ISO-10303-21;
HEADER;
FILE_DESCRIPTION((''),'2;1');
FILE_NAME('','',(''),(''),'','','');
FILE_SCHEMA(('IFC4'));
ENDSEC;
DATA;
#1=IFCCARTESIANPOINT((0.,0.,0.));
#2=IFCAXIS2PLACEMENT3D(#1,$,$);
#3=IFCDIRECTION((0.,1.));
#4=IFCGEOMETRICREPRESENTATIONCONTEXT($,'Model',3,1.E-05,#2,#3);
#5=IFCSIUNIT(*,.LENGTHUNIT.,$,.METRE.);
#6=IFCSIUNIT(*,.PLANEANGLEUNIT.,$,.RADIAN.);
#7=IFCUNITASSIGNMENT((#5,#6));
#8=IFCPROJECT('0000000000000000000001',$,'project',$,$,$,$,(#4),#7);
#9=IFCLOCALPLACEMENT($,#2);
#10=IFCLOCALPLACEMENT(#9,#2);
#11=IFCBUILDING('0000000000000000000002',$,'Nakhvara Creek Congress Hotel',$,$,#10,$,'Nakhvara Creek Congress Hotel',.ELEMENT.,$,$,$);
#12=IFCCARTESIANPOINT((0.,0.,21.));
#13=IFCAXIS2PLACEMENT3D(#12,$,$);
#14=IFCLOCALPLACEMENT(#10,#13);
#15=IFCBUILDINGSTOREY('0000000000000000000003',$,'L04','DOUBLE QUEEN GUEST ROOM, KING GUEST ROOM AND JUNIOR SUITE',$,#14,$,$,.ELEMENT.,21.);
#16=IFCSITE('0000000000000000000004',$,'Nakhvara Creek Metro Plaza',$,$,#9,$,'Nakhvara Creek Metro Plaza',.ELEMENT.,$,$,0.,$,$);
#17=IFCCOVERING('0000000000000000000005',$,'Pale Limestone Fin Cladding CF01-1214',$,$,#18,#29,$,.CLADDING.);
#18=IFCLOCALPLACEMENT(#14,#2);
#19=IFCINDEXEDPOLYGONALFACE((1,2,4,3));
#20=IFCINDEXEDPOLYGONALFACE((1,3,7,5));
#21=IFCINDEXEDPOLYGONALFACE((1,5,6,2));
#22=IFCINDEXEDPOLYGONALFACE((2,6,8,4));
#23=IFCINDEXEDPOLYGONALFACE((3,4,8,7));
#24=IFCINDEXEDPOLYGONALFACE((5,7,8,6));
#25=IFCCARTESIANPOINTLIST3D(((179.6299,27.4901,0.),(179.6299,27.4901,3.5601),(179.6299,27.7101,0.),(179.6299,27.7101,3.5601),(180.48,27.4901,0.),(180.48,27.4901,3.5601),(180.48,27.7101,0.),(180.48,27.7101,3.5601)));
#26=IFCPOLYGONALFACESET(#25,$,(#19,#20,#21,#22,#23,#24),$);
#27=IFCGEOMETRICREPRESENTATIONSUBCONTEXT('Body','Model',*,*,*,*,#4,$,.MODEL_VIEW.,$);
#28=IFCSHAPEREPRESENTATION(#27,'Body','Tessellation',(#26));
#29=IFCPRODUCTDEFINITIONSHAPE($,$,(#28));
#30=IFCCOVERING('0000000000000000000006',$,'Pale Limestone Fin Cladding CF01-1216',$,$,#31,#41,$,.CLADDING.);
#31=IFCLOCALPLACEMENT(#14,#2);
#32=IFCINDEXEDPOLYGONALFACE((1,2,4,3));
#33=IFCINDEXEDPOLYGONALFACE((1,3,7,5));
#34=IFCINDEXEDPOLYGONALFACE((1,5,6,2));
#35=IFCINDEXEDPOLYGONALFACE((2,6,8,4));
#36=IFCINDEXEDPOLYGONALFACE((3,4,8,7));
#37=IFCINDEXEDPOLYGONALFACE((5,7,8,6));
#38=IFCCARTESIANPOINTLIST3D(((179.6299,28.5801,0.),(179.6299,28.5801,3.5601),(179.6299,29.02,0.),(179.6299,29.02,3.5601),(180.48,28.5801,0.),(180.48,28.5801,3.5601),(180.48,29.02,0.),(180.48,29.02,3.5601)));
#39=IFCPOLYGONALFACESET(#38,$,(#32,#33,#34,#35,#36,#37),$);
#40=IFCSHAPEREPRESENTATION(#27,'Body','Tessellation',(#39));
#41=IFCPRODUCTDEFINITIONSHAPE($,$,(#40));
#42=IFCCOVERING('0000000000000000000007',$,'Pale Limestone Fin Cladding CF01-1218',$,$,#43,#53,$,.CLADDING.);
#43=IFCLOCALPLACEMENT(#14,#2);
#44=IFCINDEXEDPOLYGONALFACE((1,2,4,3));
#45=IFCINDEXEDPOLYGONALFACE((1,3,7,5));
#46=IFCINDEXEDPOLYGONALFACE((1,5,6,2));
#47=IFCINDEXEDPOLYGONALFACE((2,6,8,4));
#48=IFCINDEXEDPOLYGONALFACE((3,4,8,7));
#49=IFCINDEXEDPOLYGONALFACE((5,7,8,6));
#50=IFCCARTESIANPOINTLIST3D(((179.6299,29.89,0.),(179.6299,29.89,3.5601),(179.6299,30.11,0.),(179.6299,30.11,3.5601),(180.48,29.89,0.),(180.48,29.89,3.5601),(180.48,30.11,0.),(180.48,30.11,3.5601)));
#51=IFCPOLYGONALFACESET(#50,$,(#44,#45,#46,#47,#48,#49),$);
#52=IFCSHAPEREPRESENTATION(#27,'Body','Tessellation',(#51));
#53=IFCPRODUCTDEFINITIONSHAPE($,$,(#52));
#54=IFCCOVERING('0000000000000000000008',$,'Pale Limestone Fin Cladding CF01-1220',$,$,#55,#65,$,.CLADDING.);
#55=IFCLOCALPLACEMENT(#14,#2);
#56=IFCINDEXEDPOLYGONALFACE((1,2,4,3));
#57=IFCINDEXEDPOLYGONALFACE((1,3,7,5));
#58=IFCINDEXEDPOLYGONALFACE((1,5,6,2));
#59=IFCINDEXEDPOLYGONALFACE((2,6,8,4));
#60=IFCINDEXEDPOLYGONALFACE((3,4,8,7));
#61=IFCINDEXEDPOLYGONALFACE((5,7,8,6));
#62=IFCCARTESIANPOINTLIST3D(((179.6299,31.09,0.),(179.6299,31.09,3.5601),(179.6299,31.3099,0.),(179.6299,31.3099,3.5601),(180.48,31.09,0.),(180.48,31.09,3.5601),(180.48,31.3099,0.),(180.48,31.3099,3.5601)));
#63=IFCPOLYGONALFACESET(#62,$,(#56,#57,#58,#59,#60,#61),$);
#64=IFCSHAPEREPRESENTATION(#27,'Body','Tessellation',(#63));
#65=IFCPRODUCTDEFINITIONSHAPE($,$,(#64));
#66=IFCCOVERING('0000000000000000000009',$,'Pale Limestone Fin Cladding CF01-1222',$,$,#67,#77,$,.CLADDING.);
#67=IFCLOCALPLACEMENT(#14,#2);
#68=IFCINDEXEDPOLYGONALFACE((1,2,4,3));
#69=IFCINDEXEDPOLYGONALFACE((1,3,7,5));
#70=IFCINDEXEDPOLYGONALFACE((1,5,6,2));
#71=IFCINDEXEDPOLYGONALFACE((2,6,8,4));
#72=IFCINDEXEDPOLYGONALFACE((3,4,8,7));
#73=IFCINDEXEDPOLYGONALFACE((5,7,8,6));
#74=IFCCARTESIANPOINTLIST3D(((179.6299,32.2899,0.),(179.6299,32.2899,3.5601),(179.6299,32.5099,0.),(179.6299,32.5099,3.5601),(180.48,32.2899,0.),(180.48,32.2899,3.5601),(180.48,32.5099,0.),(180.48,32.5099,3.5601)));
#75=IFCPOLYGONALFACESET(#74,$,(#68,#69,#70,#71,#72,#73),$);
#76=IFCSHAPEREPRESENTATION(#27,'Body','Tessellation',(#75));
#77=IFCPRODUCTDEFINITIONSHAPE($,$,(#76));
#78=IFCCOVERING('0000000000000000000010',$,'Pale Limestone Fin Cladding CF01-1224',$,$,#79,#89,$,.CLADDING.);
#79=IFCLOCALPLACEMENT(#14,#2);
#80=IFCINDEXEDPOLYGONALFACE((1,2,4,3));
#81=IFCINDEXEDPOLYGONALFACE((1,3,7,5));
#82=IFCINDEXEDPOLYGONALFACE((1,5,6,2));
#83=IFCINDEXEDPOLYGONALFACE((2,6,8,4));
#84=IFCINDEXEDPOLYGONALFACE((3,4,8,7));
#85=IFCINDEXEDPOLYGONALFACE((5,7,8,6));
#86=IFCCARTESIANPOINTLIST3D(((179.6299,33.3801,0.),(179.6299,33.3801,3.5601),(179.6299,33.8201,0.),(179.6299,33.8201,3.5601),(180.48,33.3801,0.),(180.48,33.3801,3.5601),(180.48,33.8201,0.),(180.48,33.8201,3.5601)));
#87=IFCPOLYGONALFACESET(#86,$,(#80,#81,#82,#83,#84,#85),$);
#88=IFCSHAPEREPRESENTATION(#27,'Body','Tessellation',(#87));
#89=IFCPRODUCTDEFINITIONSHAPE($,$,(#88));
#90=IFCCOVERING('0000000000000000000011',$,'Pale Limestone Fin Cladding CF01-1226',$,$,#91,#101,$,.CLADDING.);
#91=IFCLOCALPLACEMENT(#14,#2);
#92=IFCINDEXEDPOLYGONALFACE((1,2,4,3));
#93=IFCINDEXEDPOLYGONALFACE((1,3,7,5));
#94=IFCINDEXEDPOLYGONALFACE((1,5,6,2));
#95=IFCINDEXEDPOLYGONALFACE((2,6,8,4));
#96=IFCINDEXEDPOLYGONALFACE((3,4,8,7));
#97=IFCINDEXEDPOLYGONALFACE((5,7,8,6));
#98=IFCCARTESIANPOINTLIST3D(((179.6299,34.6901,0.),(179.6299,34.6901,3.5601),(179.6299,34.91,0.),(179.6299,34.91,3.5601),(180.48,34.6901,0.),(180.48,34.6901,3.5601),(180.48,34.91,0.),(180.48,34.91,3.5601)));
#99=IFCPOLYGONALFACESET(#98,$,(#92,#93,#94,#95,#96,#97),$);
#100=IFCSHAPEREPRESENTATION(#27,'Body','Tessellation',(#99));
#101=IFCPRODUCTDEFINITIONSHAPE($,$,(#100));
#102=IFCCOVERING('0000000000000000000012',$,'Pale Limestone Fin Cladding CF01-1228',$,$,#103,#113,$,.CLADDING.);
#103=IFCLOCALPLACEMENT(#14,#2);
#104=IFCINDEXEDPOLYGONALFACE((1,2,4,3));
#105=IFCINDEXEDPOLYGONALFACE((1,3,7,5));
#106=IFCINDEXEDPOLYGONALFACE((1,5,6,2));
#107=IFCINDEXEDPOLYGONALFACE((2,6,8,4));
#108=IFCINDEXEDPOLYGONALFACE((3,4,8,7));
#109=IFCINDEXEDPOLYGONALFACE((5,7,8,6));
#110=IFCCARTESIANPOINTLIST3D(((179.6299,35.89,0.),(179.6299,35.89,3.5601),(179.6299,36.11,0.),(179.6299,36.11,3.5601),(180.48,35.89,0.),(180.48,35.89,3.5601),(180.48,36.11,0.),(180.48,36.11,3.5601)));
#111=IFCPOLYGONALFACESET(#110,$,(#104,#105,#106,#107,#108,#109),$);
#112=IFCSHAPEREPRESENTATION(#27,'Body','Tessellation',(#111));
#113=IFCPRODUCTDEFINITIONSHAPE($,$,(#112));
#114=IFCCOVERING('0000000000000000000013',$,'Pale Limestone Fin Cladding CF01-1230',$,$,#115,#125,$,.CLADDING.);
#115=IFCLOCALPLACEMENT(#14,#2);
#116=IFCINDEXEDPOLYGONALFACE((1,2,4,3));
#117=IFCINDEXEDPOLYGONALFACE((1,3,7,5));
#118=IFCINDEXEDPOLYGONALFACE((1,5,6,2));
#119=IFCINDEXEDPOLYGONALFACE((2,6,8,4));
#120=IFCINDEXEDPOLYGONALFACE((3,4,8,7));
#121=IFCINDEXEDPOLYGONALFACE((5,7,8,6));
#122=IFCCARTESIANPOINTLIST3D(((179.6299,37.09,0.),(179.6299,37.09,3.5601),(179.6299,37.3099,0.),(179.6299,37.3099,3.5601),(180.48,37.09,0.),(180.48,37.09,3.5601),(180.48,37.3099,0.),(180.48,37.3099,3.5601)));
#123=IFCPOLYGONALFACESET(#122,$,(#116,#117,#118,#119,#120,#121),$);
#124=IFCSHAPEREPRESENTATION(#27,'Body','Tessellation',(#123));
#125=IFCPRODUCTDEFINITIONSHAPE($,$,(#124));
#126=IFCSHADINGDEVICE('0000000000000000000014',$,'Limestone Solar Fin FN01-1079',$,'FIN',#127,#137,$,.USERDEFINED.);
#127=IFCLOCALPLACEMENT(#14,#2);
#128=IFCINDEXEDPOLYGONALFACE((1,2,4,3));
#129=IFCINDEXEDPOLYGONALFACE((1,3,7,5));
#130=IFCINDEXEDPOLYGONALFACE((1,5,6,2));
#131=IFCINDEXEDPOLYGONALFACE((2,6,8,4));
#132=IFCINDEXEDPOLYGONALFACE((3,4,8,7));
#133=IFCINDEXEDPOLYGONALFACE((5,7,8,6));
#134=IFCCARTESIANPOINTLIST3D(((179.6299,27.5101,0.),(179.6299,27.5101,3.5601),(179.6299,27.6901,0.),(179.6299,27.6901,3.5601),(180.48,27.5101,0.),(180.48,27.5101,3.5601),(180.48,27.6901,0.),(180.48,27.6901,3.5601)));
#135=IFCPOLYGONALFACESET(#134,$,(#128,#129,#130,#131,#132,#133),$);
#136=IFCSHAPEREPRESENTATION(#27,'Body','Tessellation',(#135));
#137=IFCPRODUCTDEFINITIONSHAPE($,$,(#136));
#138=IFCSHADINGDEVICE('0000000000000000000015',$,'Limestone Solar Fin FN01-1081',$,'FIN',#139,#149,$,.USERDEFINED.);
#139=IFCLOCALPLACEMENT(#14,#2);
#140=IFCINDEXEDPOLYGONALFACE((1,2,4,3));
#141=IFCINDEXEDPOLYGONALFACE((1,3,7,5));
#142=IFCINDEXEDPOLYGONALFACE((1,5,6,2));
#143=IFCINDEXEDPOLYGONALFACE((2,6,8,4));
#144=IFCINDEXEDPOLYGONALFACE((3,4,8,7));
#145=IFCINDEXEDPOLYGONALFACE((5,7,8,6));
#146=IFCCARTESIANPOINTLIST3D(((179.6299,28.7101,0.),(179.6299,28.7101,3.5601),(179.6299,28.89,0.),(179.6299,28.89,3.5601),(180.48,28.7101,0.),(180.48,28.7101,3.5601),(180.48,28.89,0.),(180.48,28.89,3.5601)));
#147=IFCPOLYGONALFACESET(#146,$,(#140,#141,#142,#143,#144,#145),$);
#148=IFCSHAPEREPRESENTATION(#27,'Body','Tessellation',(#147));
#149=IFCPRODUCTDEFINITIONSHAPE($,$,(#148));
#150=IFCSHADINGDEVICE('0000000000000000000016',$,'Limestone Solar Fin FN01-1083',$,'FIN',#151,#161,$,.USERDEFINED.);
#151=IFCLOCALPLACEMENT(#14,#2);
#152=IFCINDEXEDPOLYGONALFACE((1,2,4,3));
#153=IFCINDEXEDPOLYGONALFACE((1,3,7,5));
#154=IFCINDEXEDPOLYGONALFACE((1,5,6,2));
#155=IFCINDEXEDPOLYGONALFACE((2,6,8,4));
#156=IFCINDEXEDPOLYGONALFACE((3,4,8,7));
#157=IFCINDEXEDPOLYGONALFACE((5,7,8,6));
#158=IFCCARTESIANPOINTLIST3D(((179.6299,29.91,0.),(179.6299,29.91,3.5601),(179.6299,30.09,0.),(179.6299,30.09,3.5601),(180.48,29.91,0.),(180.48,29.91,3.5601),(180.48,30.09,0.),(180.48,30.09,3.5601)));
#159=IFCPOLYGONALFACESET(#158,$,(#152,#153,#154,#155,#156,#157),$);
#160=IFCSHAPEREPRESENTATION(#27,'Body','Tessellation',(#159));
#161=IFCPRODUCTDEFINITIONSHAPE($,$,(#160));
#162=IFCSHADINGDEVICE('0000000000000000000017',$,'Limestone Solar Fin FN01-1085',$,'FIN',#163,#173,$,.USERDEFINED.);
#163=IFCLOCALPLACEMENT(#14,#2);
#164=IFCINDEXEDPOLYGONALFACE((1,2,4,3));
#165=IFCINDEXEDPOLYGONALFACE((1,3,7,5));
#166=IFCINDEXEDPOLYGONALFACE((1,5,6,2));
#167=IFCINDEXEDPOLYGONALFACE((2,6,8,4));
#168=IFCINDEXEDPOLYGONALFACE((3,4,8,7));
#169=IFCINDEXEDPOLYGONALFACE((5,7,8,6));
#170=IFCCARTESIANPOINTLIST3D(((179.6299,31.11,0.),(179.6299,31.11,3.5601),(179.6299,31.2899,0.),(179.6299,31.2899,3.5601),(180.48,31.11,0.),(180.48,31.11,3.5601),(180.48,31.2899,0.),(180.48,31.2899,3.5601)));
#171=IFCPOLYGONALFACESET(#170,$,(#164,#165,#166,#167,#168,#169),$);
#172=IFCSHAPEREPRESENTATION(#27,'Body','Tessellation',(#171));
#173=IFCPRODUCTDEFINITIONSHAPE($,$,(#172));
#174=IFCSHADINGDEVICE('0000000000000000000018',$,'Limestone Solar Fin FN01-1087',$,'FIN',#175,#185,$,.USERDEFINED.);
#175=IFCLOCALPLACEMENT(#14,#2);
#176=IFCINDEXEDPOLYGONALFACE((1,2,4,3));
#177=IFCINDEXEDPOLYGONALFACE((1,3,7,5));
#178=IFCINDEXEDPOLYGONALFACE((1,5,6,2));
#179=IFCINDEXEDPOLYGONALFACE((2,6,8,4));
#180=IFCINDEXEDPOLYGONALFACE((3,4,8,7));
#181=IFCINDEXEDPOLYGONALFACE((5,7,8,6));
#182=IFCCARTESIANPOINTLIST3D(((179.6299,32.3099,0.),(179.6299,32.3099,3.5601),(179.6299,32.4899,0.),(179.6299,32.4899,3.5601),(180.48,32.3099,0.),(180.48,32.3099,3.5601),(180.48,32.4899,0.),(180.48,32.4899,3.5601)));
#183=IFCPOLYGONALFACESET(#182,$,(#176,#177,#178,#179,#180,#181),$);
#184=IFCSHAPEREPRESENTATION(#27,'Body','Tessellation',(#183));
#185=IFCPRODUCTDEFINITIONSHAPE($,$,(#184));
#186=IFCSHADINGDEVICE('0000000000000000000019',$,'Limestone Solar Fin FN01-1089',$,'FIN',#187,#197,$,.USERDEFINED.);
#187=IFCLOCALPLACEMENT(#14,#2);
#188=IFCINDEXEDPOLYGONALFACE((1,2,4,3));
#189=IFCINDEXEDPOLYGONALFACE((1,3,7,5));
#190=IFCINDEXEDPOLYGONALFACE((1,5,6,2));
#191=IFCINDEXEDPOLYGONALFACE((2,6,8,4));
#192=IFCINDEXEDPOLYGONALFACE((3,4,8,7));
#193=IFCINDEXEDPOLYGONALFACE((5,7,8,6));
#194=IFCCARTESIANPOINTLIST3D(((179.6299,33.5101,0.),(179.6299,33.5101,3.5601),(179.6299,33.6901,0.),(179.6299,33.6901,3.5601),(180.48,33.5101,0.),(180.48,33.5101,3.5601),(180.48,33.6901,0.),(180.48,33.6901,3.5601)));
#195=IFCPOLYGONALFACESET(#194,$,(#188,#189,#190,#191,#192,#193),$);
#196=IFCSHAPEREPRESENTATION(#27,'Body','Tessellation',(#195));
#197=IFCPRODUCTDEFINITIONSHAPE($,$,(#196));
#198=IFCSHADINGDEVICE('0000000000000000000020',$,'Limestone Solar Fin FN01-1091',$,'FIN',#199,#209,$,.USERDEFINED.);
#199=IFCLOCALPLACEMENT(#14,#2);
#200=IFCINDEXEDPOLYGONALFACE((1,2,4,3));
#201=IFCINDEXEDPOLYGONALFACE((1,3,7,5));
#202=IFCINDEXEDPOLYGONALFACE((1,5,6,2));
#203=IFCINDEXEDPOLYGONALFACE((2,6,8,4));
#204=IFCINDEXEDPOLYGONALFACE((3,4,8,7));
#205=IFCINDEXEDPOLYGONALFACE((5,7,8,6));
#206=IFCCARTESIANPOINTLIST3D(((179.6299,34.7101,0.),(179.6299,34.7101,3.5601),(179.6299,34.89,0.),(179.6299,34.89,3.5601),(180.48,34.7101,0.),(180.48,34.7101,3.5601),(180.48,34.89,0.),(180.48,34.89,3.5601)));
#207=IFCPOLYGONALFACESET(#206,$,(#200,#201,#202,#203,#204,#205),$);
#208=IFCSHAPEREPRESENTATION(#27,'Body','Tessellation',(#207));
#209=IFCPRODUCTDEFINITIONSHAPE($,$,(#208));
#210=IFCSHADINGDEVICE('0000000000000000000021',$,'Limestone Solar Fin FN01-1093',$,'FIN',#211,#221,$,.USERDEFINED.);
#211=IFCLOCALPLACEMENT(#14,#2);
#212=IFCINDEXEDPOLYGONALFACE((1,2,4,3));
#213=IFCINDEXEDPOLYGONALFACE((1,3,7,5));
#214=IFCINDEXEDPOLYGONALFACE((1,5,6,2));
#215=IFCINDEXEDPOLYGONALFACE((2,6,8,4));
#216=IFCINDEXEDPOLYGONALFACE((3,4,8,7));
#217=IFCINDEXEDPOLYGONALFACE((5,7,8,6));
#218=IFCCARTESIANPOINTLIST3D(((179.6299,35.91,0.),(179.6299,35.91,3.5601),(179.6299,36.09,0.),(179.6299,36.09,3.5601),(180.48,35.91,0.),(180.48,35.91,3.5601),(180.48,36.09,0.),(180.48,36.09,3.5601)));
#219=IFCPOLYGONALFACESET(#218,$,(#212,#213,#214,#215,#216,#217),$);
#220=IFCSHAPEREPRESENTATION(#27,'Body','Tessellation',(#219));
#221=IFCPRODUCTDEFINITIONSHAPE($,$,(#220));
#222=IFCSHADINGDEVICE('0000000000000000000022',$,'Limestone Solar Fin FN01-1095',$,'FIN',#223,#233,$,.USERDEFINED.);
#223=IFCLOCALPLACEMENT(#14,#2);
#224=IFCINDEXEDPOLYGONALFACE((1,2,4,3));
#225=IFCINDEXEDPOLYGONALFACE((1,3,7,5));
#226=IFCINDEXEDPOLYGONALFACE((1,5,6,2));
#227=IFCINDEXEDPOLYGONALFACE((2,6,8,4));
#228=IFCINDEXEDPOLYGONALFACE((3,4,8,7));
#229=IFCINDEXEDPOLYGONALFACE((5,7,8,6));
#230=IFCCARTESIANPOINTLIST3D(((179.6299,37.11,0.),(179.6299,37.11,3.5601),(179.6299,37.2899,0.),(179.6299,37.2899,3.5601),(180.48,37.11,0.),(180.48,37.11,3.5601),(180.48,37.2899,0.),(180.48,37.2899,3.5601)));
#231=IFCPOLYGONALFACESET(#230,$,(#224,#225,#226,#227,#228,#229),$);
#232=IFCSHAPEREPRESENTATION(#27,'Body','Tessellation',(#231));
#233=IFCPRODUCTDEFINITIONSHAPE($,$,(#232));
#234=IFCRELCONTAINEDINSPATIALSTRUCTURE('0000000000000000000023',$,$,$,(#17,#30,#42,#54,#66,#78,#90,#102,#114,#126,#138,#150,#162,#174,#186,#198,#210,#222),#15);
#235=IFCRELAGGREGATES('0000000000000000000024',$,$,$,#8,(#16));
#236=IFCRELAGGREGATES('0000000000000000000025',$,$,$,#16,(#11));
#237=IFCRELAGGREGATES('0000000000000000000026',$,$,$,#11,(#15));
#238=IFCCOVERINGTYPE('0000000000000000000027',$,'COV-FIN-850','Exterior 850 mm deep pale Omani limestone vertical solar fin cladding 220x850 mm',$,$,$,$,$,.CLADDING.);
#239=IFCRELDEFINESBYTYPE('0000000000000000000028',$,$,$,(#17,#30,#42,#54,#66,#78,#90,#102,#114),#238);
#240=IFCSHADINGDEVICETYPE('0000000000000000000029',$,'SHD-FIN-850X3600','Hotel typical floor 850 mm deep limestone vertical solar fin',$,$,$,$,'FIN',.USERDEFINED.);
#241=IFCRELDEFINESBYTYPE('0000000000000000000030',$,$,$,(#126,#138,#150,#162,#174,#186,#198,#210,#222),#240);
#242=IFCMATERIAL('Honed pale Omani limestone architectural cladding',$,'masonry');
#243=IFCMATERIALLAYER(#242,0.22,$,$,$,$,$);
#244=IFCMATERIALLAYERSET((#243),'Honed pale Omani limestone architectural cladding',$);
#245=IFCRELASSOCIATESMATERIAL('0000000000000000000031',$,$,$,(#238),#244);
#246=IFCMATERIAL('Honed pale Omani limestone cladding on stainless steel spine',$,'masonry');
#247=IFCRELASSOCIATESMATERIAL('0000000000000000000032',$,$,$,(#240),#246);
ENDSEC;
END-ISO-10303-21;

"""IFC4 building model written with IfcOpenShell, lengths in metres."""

from ifc_helpers import new_model, si_unit, direction, frame, origin, origin_2d, place, context, subcontext, project, spatial, rectangle, extrude, material, layer, layer_set, type_object, element, save


model = new_model("IFC4")

# Units and contexts
model_context = context("Model", 3, precision=1e-05, world=origin(), true_north=direction((0.0, 1.0)))
body_context = subcontext(model_context, "Body", "Model", "MODEL_VIEW")
ifc_project = project(units=[si_unit("LENGTHUNIT", "METRE"), si_unit("PLANEANGLEUNIT", "RADIAN")], contexts=[model_context])

# Site, building, storey
site_placement = place(None, origin())
site = spatial("IfcSite", under=ifc_project, at=site_placement, Name="Nakhvara Creek Metro Plaza", LongName="Nakhvara Creek Metro Plaza", CompositionType="ELEMENT", RefElevation=0.0)
building_placement = place(site_placement, origin())
building = spatial("IfcBuilding", under=site, at=building_placement, Name="Nakhvara Creek Congress Hotel", LongName="Nakhvara Creek Congress Hotel", CompositionType="ELEMENT")
storey_placement = place(building_placement, frame((0.0, 0.0, 21.0)))
storey = spatial("IfcBuildingStorey", under=building, at=storey_placement, Name="L04", Description="DOUBLE QUEEN GUEST ROOM, KING GUEST ROOM AND JUNIOR SUITE", CompositionType="ELEMENT", Elevation=21.0)

# Coverings
ifc_material_1 = material(Name="Honed pale Omani limestone architectural cladding", Category="masonry")
ifc_layer = layer(ifc_material_1, 0.22)
ifc_layer_set = layer_set([ifc_layer], Name="Honed pale Omani limestone architectural cladding")
covering_type = type_object("IfcCoveringType", Name="COV-FIN-850", Description="Exterior 850 mm deep pale Omani limestone vertical solar fin cladding 220x850 mm", PredefinedType="CLADDING", material=ifc_layer_set)
covering_1_placement = place(storey_placement, frame((180.0549, 27.6001, 0.0), z_axis=(0.0, 0.0, 1.0), x_axis=(0.0, 1.0, 0.0)))
element("IfcCovering", 1, at=covering_1_placement, inside=storey, type_object=covering_type, Name="Pale Limestone Fin Cladding CF01-1214", PredefinedType="CLADDING", context=body_context, shape_type="SweptSolid", body=[
    extrude(rectangle(XDim=0.22, YDim=0.8501, at=origin_2d()), origin(), (0.0, 0.0, 1.0), 3.5601),
])
covering_2_placement = place(storey_placement, frame((180.0549, 28.8, 0.0), z_axis=(0.0, 0.0, 1.0), x_axis=(0.0, 1.0, 0.0)))
element("IfcCovering", 2, at=covering_2_placement, inside=storey, type_object=covering_type, Name="Pale Limestone Fin Cladding CF01-1216", PredefinedType="CLADDING", context=body_context, shape_type="SweptSolid", body=[
    extrude(rectangle(XDim=0.4399, YDim=0.8501, at=origin_2d()), origin(), (0.0, 0.0, 1.0), 3.5601),
])
for number, where, z_axis, x_axis, name in (
    (3, (180.0549, 30.0, 0.0), (0.0, 0.0, 1.0), (0.0, 1.0, 0.0), "Pale Limestone Fin Cladding CF01-1218"),
    (4, (180.0549, 31.2, 0.0), (0.0, 0.0, 1.0), (0.0, 1.0, 0.0), "Pale Limestone Fin Cladding CF01-1220"),
    (5, (180.0549, 32.3999, 0.0), (0.0, 0.0, 1.0), (0.0, 1.0, 0.0), "Pale Limestone Fin Cladding CF01-1222"),
):
    element("IfcCovering", number, at=place(storey_placement, frame(where, z_axis=z_axis, x_axis=x_axis)), inside=storey, type_object=covering_type, Name=name, PredefinedType="CLADDING", context=body_context, shape_type="SweptSolid", body=[
        extrude(rectangle(XDim=0.22, YDim=0.8501, at=origin_2d()), origin(), (0.0, 0.0, 1.0), 3.5601),
    ])
covering_3_placement = place(storey_placement, frame((180.0549, 33.6001, 0.0), z_axis=(0.0, 0.0, 1.0), x_axis=(0.0, 1.0, 0.0)))
element("IfcCovering", 6, at=covering_3_placement, inside=storey, type_object=covering_type, Name="Pale Limestone Fin Cladding CF01-1224", PredefinedType="CLADDING", context=body_context, shape_type="SweptSolid", body=[
    extrude(rectangle(XDim=0.4399, YDim=0.8501, at=origin_2d()), origin(), (0.0, 0.0, 1.0), 3.5601),
])
for number, where, z_axis, x_axis, name in (
    (7, (180.0549, 34.8, 0.0), (0.0, 0.0, 1.0), (0.0, 1.0, 0.0), "Pale Limestone Fin Cladding CF01-1226"),
    (8, (180.0549, 36.0, 0.0), (0.0, 0.0, 1.0), (0.0, 1.0, 0.0), "Pale Limestone Fin Cladding CF01-1228"),
    (9, (180.0549, 37.2, 0.0), (0.0, 0.0, 1.0), (0.0, 1.0, 0.0), "Pale Limestone Fin Cladding CF01-1230"),
):
    element("IfcCovering", number, at=place(storey_placement, frame(where, z_axis=z_axis, x_axis=x_axis)), inside=storey, type_object=covering_type, Name=name, PredefinedType="CLADDING", context=body_context, shape_type="SweptSolid", body=[
        extrude(rectangle(XDim=0.22, YDim=0.8501, at=origin_2d()), origin(), (0.0, 0.0, 1.0), 3.5601),
    ])

# Shading devices
ifc_material_2 = material(Name="Honed pale Omani limestone cladding on stainless steel spine", Category="masonry")
shading_device_type = type_object("IfcShadingDeviceType", Name="SHD-FIN-850X3600", Description="Hotel typical floor 850 mm deep limestone vertical solar fin", ElementType="FIN", PredefinedType="USERDEFINED", material=ifc_material_2)
for number, where, z_axis, x_axis, name in (
    (10, (180.0549, 27.6001, 0.0), (0.0, 0.0, 1.0), (0.0, 1.0, 0.0), "Limestone Solar Fin FN01-1079"),
    (11, (180.0549, 28.8, 0.0), (0.0, 0.0, 1.0), (0.0, 1.0, 0.0), "Limestone Solar Fin FN01-1081"),
    (12, (180.0549, 30.0, 0.0), (0.0, 0.0, 1.0), (0.0, 1.0, 0.0), "Limestone Solar Fin FN01-1083"),
    (13, (180.0549, 31.2, 0.0), (0.0, 0.0, 1.0), (0.0, 1.0, 0.0), "Limestone Solar Fin FN01-1085"),
    (14, (180.0549, 32.3999, 0.0), (0.0, 0.0, 1.0), (0.0, 1.0, 0.0), "Limestone Solar Fin FN01-1087"),
    (15, (180.0549, 33.6001, 0.0), (0.0, 0.0, 1.0), (0.0, 1.0, 0.0), "Limestone Solar Fin FN01-1089"),
    (16, (180.0549, 34.8, 0.0), (0.0, 0.0, 1.0), (0.0, 1.0, 0.0), "Limestone Solar Fin FN01-1091"),
    (17, (180.0549, 36.0, 0.0), (0.0, 0.0, 1.0), (0.0, 1.0, 0.0), "Limestone Solar Fin FN01-1093"),
    (18, (180.0549, 37.2, 0.0), (0.0, 0.0, 1.0), (0.0, 1.0, 0.0), "Limestone Solar Fin FN01-1095"),
):
    element("IfcShadingDevice", number, at=place(storey_placement, frame(where, z_axis=z_axis, x_axis=x_axis)), inside=storey, type_object=shading_device_type, Name=name, ObjectType="FIN", PredefinedType="USERDEFINED", context=body_context, shape_type="SweptSolid", body=[
        extrude(rectangle(XDim=0.1799, YDim=0.8501, at=origin_2d()), origin(), (0.0, 0.0, 1.0), 3.5601),
    ])

save(model, "model.ifc")
